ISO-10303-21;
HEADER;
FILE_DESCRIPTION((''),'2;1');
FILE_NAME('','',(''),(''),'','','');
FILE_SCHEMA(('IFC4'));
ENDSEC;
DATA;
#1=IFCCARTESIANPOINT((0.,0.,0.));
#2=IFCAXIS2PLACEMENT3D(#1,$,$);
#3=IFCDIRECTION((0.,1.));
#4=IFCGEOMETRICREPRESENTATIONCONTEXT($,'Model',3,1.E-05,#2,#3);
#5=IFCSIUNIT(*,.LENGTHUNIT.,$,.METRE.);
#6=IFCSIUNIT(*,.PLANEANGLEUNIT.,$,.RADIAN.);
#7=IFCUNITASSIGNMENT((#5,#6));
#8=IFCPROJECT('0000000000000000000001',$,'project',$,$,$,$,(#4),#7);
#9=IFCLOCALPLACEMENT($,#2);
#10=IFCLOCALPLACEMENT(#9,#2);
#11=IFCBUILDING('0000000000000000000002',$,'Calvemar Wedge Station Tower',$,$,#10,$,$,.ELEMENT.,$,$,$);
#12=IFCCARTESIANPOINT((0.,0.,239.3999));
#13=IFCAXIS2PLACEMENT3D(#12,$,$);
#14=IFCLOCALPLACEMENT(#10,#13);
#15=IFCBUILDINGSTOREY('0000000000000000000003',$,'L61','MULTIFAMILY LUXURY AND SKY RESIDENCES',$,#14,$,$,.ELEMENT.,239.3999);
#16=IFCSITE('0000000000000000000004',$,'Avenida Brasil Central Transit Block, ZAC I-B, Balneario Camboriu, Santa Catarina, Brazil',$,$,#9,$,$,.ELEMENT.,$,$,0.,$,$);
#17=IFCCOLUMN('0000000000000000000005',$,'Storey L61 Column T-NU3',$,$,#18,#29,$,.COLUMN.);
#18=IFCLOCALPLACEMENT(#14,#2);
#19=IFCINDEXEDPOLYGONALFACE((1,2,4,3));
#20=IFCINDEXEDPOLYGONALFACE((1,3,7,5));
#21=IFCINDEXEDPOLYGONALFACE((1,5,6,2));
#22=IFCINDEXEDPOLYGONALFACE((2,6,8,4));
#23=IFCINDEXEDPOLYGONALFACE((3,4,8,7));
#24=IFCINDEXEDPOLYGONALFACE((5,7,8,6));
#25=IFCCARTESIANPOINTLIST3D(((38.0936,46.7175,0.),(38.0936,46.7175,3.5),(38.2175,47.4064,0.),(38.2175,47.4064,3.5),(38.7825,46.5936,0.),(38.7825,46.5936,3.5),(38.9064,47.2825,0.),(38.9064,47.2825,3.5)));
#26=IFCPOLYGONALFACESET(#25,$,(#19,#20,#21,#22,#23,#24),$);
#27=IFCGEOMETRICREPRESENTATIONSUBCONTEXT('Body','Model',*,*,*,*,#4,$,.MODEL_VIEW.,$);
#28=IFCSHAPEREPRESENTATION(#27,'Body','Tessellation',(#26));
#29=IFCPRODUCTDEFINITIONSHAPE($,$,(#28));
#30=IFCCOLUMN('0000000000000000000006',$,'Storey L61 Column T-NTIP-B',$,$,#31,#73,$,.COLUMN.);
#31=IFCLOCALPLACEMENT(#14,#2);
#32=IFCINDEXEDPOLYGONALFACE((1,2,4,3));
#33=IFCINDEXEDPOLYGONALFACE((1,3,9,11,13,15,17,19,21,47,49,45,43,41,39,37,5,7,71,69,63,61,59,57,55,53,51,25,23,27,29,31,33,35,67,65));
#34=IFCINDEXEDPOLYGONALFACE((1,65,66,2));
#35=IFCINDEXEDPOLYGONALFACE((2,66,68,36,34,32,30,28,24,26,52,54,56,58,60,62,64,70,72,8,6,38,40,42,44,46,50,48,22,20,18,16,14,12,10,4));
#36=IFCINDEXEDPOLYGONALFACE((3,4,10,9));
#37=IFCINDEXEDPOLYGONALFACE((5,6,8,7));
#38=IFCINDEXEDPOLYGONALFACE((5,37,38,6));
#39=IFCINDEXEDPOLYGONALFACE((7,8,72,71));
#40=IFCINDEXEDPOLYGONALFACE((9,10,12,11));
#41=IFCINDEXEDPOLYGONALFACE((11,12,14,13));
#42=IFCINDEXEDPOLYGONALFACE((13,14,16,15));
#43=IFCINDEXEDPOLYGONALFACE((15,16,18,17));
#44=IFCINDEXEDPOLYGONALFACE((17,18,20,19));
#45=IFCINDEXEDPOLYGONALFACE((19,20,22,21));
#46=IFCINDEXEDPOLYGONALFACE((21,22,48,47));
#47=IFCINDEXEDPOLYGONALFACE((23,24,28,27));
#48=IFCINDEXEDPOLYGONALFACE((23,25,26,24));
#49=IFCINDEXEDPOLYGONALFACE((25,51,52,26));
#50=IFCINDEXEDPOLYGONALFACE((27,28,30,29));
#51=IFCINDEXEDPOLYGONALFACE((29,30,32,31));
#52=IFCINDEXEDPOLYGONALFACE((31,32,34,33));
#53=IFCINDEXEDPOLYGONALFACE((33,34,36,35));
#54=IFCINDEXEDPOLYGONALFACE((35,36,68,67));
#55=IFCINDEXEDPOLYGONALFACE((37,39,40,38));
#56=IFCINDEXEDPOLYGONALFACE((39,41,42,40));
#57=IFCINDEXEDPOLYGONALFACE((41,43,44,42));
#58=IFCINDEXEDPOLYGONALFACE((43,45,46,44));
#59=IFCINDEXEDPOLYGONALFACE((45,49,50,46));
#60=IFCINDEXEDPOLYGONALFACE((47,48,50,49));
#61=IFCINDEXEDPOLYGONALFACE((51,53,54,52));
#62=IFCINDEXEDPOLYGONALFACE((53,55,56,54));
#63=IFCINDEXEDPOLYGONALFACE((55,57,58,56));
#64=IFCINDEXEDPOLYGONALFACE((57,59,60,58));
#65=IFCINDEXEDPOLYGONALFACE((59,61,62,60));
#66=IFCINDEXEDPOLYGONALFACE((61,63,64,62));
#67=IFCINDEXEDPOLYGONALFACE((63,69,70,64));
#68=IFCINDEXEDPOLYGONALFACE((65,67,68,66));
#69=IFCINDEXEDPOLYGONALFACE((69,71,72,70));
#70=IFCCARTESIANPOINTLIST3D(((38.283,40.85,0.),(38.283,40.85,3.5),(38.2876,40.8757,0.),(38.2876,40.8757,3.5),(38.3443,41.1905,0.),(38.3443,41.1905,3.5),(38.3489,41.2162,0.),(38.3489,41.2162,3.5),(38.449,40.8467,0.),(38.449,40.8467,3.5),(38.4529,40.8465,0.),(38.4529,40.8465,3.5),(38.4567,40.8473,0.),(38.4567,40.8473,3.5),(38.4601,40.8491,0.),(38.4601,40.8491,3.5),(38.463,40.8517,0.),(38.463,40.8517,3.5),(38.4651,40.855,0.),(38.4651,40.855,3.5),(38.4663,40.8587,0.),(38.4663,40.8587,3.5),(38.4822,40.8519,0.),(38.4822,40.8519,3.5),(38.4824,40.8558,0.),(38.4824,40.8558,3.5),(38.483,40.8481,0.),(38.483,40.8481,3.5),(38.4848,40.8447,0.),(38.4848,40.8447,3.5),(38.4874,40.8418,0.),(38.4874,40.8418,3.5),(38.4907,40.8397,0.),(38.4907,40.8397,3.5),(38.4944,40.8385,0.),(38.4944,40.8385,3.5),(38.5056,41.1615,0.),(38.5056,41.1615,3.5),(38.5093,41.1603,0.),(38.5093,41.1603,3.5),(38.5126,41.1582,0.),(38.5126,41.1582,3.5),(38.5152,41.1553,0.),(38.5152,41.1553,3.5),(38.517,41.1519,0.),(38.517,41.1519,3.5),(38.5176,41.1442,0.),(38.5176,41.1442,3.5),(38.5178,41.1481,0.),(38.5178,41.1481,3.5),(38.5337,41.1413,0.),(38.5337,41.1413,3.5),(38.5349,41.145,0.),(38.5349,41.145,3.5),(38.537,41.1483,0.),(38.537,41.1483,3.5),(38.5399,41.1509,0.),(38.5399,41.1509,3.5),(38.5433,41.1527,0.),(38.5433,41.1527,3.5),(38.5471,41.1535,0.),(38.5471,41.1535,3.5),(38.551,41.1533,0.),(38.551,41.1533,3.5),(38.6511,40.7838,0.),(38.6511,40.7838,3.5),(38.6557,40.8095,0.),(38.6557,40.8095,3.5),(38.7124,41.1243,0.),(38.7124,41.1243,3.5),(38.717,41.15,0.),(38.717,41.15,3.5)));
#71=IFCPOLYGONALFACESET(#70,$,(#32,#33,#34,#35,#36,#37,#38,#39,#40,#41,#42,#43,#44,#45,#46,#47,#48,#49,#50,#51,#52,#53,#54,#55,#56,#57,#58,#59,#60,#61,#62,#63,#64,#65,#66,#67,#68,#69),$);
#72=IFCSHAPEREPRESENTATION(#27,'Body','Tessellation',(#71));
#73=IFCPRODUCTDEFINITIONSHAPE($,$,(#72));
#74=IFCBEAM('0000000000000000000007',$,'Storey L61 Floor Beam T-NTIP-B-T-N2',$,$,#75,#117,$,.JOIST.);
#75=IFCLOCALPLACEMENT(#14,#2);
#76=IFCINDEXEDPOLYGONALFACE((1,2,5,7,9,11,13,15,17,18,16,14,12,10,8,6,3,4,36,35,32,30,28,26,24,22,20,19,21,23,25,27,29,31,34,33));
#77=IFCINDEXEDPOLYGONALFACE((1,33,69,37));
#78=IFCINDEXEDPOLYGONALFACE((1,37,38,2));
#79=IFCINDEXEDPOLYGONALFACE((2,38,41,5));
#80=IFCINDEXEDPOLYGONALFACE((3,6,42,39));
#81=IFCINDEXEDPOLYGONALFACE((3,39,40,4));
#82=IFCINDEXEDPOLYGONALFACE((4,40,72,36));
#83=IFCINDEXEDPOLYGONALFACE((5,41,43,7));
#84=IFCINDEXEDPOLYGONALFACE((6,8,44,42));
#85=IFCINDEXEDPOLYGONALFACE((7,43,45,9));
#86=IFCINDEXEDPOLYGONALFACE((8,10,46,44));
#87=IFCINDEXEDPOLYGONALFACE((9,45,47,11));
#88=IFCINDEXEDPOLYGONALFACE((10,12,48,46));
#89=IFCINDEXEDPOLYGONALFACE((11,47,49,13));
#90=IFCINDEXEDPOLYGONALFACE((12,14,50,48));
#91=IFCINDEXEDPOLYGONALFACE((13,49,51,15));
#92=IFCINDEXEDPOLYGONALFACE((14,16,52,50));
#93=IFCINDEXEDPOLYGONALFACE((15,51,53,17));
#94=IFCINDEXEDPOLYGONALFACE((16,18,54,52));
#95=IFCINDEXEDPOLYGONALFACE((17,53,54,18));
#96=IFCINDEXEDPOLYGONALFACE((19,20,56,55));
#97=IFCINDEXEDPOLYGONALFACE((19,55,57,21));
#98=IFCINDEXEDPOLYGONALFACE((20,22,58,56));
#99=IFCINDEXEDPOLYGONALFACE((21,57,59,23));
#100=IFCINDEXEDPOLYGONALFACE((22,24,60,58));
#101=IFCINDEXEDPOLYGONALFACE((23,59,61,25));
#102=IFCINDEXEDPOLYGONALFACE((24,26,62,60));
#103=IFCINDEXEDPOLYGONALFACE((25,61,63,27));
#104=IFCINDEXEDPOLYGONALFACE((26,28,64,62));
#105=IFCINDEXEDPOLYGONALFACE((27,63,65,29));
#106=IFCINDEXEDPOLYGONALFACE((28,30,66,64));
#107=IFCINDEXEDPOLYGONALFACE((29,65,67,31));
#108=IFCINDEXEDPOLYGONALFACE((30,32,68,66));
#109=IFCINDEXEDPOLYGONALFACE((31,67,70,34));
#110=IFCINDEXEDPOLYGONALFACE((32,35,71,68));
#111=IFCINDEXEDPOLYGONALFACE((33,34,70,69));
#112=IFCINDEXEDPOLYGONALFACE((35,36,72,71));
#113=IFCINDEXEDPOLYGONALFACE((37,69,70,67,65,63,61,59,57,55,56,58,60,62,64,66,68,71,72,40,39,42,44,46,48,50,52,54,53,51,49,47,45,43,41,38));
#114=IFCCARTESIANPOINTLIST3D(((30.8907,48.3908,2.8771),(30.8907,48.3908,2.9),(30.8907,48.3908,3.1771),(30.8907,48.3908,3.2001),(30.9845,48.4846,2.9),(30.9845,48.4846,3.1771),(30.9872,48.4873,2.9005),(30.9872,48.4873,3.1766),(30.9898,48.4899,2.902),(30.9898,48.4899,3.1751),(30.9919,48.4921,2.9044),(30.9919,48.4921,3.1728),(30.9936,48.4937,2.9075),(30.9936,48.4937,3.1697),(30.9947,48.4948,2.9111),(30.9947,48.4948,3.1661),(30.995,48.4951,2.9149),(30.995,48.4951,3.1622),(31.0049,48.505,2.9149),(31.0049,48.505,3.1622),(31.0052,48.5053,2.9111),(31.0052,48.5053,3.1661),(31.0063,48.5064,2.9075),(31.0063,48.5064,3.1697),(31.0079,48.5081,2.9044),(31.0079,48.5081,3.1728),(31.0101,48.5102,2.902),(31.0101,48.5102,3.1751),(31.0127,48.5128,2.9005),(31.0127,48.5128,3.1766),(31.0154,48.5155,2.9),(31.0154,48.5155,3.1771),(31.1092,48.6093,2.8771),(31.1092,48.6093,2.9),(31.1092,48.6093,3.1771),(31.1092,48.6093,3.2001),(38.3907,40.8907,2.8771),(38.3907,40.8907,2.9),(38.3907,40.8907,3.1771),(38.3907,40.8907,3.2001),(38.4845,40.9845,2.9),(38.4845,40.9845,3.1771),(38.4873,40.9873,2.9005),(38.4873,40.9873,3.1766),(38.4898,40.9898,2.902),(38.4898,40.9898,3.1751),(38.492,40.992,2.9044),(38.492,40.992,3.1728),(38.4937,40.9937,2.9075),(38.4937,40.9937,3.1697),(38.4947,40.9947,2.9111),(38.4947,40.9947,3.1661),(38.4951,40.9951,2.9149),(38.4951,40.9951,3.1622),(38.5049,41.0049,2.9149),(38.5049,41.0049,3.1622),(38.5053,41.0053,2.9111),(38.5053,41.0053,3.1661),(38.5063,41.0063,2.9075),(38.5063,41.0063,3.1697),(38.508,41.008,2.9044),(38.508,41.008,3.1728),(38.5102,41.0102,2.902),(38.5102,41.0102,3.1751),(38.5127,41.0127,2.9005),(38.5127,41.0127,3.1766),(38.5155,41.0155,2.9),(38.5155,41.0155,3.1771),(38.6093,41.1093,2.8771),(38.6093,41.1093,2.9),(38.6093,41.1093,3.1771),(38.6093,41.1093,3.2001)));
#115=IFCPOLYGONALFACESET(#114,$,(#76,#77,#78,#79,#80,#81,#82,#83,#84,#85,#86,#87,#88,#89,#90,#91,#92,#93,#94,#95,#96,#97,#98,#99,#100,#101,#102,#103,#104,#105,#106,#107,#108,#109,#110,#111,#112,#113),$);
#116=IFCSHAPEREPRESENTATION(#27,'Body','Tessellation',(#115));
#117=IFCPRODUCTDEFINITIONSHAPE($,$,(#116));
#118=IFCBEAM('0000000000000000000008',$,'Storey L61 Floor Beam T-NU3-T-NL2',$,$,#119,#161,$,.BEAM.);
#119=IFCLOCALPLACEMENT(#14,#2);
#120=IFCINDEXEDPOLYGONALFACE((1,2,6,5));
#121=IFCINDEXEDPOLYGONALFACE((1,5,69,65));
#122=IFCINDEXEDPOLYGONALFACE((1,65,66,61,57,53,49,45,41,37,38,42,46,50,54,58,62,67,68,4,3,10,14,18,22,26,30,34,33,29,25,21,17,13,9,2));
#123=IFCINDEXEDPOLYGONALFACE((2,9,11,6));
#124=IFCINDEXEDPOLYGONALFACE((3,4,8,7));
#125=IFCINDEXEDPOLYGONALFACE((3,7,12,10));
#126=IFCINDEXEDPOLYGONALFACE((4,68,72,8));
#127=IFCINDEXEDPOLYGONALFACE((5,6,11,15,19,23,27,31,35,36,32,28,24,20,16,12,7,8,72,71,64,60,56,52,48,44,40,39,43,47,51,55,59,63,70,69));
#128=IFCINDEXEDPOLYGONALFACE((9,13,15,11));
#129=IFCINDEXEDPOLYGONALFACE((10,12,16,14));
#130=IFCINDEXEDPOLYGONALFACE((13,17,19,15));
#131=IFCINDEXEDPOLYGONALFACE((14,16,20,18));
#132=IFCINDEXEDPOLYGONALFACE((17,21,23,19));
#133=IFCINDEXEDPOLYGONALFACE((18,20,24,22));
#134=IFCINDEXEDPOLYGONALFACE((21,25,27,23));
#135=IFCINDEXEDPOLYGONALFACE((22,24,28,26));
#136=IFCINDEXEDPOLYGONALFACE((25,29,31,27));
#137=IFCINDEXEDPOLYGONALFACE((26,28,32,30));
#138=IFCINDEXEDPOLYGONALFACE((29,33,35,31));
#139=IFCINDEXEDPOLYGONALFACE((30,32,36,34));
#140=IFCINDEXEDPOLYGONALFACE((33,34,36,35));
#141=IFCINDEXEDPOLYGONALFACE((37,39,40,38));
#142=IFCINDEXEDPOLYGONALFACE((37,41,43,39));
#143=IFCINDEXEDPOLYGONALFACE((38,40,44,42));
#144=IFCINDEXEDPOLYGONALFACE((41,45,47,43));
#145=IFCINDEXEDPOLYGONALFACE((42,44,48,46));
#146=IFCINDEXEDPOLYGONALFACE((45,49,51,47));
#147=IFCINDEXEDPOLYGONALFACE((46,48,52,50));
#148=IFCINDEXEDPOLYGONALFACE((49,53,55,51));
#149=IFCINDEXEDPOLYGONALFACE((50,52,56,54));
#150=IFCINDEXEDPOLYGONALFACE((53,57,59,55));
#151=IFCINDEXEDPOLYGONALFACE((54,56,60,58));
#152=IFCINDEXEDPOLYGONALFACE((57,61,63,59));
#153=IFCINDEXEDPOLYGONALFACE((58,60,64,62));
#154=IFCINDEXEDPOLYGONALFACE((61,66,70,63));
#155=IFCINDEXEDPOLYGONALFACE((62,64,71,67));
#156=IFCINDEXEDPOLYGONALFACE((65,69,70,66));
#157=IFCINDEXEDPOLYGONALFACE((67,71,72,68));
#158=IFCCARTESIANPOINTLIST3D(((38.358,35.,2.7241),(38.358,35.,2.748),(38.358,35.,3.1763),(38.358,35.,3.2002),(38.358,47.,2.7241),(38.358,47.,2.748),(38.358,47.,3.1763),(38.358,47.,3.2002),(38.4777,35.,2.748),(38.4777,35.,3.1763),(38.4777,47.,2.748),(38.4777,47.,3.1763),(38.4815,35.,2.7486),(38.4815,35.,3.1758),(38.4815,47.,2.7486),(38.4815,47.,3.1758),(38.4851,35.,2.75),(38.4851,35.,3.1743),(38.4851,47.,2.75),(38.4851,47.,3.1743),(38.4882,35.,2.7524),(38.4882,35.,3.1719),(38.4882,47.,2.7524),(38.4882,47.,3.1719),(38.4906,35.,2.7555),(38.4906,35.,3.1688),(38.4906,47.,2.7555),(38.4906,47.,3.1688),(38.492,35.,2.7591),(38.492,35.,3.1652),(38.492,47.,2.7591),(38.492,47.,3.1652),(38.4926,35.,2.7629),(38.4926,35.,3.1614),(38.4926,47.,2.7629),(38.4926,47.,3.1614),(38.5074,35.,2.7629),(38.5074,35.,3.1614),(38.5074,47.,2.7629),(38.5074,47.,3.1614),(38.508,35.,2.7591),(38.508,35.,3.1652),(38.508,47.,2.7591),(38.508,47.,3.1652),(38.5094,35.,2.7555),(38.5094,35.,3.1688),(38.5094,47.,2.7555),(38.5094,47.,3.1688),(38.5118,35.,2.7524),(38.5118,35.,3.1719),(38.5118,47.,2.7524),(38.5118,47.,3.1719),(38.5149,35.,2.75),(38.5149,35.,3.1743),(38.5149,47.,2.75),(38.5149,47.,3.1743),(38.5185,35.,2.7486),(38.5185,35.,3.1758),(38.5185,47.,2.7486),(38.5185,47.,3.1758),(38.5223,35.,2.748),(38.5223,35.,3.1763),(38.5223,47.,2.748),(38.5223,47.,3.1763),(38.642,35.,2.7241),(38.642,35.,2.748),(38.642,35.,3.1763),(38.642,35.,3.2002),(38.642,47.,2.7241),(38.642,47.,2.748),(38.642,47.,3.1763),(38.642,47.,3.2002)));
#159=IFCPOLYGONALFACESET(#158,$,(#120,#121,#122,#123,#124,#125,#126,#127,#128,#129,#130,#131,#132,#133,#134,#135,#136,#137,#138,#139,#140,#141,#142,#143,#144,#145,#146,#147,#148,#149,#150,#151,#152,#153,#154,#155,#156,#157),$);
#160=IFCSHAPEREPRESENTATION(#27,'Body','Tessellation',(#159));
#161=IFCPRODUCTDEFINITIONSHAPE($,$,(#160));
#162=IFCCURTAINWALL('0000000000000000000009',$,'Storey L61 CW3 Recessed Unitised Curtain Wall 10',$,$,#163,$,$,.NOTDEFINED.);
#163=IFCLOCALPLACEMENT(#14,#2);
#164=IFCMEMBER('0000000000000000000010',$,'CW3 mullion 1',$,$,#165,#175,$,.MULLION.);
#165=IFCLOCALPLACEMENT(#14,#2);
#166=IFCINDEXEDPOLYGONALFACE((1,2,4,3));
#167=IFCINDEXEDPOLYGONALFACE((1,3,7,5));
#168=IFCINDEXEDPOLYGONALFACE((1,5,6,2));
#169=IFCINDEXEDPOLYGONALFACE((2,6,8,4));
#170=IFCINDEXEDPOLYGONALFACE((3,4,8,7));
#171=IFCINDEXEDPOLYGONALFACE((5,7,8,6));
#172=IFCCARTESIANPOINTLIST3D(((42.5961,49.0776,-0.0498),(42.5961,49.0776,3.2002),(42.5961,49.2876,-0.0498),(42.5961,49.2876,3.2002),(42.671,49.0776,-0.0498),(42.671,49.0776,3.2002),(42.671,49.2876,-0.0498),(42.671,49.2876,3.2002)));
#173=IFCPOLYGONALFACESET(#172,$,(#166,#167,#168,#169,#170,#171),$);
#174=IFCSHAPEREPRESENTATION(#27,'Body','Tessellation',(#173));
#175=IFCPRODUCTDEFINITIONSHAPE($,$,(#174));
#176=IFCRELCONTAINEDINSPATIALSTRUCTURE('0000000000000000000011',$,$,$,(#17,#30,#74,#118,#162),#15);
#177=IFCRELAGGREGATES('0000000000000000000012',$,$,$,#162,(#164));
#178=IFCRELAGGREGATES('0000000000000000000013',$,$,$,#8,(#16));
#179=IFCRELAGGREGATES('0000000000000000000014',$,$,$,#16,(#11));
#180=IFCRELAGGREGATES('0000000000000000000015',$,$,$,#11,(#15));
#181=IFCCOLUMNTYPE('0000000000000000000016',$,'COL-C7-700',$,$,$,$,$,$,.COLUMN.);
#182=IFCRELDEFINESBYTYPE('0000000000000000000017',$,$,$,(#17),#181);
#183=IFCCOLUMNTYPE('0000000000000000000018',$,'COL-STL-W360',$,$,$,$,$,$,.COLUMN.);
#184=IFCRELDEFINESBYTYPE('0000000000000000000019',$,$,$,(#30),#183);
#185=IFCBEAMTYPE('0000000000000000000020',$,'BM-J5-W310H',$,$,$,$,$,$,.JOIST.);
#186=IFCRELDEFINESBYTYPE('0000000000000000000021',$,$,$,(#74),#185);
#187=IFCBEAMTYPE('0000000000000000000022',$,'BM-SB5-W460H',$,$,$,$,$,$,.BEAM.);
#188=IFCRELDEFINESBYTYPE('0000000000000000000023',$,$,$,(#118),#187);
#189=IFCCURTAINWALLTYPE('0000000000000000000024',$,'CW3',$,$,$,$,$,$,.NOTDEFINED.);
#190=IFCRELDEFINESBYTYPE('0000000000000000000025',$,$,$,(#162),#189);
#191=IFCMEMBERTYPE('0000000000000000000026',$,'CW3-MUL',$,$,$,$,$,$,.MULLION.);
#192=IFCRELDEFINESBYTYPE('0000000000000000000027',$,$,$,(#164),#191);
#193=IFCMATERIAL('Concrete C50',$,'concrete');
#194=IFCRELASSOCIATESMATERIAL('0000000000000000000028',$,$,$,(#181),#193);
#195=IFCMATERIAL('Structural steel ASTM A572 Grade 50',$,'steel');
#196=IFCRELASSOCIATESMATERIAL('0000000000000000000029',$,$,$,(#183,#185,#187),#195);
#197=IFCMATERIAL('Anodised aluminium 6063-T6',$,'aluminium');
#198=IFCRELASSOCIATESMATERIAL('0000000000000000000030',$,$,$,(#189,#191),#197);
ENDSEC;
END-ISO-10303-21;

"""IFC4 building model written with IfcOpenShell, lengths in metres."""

from ifc_helpers import new_model, si_unit, direction, frame, origin, origin_2d, place, context, subcontext, project, spatial, rectangle, i_section, extrude, source, transform, mapped, material, material_profile, profile_set, type_object, element, aggregate, save


model = new_model("IFC4")

# Units and contexts
model_context = context("Model", 3, precision=1e-05, world=origin(), true_north=direction((0.0, 1.0)))
body_context = subcontext(model_context, "Body", "Model", "MODEL_VIEW")
ifc_project = project(units=[si_unit("LENGTHUNIT", "METRE"), si_unit("PLANEANGLEUNIT", "RADIAN")], contexts=[model_context])

# Site, building, storey
site_placement = place(None, origin())
site = spatial("IfcSite", under=ifc_project, at=site_placement, Name="Avenida Brasil Central Transit Block, ZAC I-B, Balneario Camboriu, Santa Catarina, Brazil", CompositionType="ELEMENT", RefElevation=0.0)
building_placement = place(site_placement, origin())
building = spatial("IfcBuilding", under=site, at=building_placement, Name="Calvemar Wedge Station Tower", CompositionType="ELEMENT")
storey_placement = place(building_placement, frame((0.0, 0.0, 239.3999)))
storey = spatial("IfcBuildingStorey", under=building, at=storey_placement, Name="L61", Description="MULTIFAMILY LUXURY AND SKY RESIDENCES", CompositionType="ELEMENT", Elevation=239.3999)

# Columns
ifc_material_1 = material(Name="Concrete C50", Category="concrete")
ifc_material_profile_1 = material_profile(ifc_material_1, rectangle(XDim=0.7, YDim=0.7, at=origin_2d()), Name="RC700x700")
ifc_profile_set_1 = profile_set([ifc_material_profile_1], Name="Concrete C50")
column_type_1 = type_object("IfcColumnType", Name="COL-C7-700", PredefinedType="COLUMN", material=ifc_profile_set_1)
shared_shape_1 = source(origin(), body_context, "Body", "SweptSolid", [
    extrude(rectangle(XDim=0.7, YDim=0.7, at=origin_2d()), origin(), (0.0, 0.0, 1.0), 3.5),
])
column_1_placement = place(storey_placement, frame((38.5, 47.0, 0.0), z_axis=(0.0, 0.0, 1.0), x_axis=(0.984196, -0.177085, 0.0)))
element("IfcColumn", 1, at=column_1_placement, inside=storey, type_object=column_type_1, Name="Storey L61 Column T-NU3", PredefinedType="COLUMN", context=body_context, shape_type="MappedRepresentation", body=[
    mapped(shared_shape_1, transform((0.0, 0.0, 0.0), scale=1.0)),
])
ifc_material_2 = material(Name="Structural steel ASTM A572 Grade 50", Category="steel")
ifc_material_profile_2 = material_profile(ifc_material_2, i_section(OverallWidth=0.374, OverallDepth=0.3721, WebThickness=0.0164, FlangeThickness=0.0261, FilletRadius=0.0149, at=origin_2d()), Name="W360x196")
ifc_profile_set_2 = profile_set([ifc_material_profile_2], Name="Structural steel ASTM A572 Grade 50")
column_type_2 = type_object("IfcColumnType", Name="COL-STL-W360", PredefinedType="COLUMN", material=ifc_profile_set_2)
shared_shape_2 = source(origin(), body_context, "Body", "SweptSolid", [
    extrude(i_section(OverallWidth=0.374, OverallDepth=0.3721, WebThickness=0.0164, FlangeThickness=0.0261, FilletRadius=0.0149, at=origin_2d()), origin(), (0.0, 0.0, 1.0), 3.5),
])
column_2_placement = place(storey_placement, frame((38.5, 41.0, 0.0), z_axis=(0.0, 0.0, 1.0), x_axis=(0.984196, -0.177085, 0.0)))
element("IfcColumn", 2, at=column_2_placement, inside=storey, type_object=column_type_2, Name="Storey L61 Column T-NTIP-B", PredefinedType="COLUMN", context=body_context, shape_type="MappedRepresentation", body=[
    mapped(shared_shape_2, transform((0.0, 0.0, 0.0), scale=1.0)),
])

# Beams
ifc_material_profile_3 = material_profile(ifc_material_2, i_section(OverallWidth=0.3091, OverallDepth=0.323, WebThickness=0.0139, FlangeThickness=0.0229, FilletRadius=0.0149, at=origin_2d()), Name="W310x143")
ifc_profile_set_3 = profile_set([ifc_material_profile_3], Name="Structural steel ASTM A572 Grade 50")
beam_type_1 = type_object("IfcBeamType", Name="BM-J5-W310H", PredefinedType="JOIST", material=ifc_profile_set_3)
shared_shape_3 = source(origin(), body_context, "Body", "SweptSolid", [
    extrude(i_section(OverallWidth=0.3091, OverallDepth=0.323, WebThickness=0.0139, FlangeThickness=0.0229, FilletRadius=0.0149, at=origin_2d()), origin(), (0.0, 0.0, 1.0), 10.6067),
])
beam_1_placement = place(storey_placement, frame((38.5, 41.0, 3.0386), z_axis=(-0.707107, 0.707107, 0.0), x_axis=(-0.707107, -0.707107, 0.0)))
element("IfcBeam", 3, at=beam_1_placement, inside=storey, type_object=beam_type_1, Name="Storey L61 Floor Beam T-NTIP-B-T-N2", PredefinedType="JOIST", context=body_context, shape_type="MappedRepresentation", body=[
    mapped(shared_shape_3, transform((0.0, 0.0, 0.0), scale=1.0)),
])
ifc_material_profile_4 = material_profile(ifc_material_2, i_section(OverallWidth=0.2839, OverallDepth=0.4761, WebThickness=0.0149, FlangeThickness=0.0239, FilletRadius=0.0149, at=origin_2d()), Name="W460x158")
ifc_profile_set_4 = profile_set([ifc_material_profile_4], Name="Structural steel ASTM A572 Grade 50")
beam_type_2 = type_object("IfcBeamType", Name="BM-SB5-W460H", PredefinedType="BEAM", material=ifc_profile_set_4)
shared_shape_4 = source(origin(), body_context, "Body", "SweptSolid", [
    extrude(i_section(OverallWidth=0.2839, OverallDepth=0.4761, WebThickness=0.0149, FlangeThickness=0.0239, FilletRadius=0.0149, at=origin_2d()), origin(), (0.0, 0.0, 1.0), 12.0),
])
beam_2_placement = place(storey_placement, frame((38.5, 47.0, 2.9622), z_axis=(0.0, -1.0, 0.0), x_axis=(1.0, 0.0, 0.0)))
element("IfcBeam", 4, at=beam_2_placement, inside=storey, type_object=beam_type_2, Name="Storey L61 Floor Beam T-NU3-T-NL2", PredefinedType="BEAM", context=body_context, shape_type="MappedRepresentation", body=[
    mapped(shared_shape_4, transform((0.0, 0.0, 0.0), scale=1.0)),
])

# Curtain wall, member
ifc_material_3 = material(Name="Anodised aluminium 6063-T6", Category="aluminium")
curtain_wall_type = type_object("IfcCurtainWallType", Name="CW3", PredefinedType="NOTDEFINED", material=ifc_material_3)
curtain_wall_placement = place(storey_placement, origin())
curtain_wall = element("IfcCurtainWall", 5, at=curtain_wall_placement, inside=storey, type_object=curtain_wall_type, Name="Storey L61 CW3 Recessed Unitised Curtain Wall 10", PredefinedType="NOTDEFINED")
ifc_material_profile_5 = material_profile(ifc_material_3, rectangle(XDim=0.075, YDim=0.21, at=origin_2d()), Name="AL-MUL-75x210")
ifc_profile_set_5 = profile_set([ifc_material_profile_5], Name="Anodised aluminium 6063-T6")
member_type_1 = type_object("IfcMemberType", Name="CW3-MUL", PredefinedType="MULLION", material=ifc_profile_set_5)
shared_shape_5 = source(origin(), body_context, "Body", "SweptSolid", [
    extrude(rectangle(XDim=0.075, YDim=0.21, at=origin_2d()), origin(), (0.0, 0.0, 1.0), 3.25),
])
member_1_placement = place(storey_placement, frame((42.6335, 49.1826, -0.0498), z_axis=(0.0, 0.0, 1.0), x_axis=(1.0, 0.0, 0.0)))
member_1 = element("IfcMember", 6, at=member_1_placement, type_object=member_type_1, Name="CW3 mullion 1", PredefinedType="MULLION", context=body_context, shape_type="MappedRepresentation", body=[
    mapped(shared_shape_5, transform((0.0, 0.0, 0.0), scale=1.0)),
])
aggregate(curtain_wall, [member_1])

save(model, "model.ifc")
